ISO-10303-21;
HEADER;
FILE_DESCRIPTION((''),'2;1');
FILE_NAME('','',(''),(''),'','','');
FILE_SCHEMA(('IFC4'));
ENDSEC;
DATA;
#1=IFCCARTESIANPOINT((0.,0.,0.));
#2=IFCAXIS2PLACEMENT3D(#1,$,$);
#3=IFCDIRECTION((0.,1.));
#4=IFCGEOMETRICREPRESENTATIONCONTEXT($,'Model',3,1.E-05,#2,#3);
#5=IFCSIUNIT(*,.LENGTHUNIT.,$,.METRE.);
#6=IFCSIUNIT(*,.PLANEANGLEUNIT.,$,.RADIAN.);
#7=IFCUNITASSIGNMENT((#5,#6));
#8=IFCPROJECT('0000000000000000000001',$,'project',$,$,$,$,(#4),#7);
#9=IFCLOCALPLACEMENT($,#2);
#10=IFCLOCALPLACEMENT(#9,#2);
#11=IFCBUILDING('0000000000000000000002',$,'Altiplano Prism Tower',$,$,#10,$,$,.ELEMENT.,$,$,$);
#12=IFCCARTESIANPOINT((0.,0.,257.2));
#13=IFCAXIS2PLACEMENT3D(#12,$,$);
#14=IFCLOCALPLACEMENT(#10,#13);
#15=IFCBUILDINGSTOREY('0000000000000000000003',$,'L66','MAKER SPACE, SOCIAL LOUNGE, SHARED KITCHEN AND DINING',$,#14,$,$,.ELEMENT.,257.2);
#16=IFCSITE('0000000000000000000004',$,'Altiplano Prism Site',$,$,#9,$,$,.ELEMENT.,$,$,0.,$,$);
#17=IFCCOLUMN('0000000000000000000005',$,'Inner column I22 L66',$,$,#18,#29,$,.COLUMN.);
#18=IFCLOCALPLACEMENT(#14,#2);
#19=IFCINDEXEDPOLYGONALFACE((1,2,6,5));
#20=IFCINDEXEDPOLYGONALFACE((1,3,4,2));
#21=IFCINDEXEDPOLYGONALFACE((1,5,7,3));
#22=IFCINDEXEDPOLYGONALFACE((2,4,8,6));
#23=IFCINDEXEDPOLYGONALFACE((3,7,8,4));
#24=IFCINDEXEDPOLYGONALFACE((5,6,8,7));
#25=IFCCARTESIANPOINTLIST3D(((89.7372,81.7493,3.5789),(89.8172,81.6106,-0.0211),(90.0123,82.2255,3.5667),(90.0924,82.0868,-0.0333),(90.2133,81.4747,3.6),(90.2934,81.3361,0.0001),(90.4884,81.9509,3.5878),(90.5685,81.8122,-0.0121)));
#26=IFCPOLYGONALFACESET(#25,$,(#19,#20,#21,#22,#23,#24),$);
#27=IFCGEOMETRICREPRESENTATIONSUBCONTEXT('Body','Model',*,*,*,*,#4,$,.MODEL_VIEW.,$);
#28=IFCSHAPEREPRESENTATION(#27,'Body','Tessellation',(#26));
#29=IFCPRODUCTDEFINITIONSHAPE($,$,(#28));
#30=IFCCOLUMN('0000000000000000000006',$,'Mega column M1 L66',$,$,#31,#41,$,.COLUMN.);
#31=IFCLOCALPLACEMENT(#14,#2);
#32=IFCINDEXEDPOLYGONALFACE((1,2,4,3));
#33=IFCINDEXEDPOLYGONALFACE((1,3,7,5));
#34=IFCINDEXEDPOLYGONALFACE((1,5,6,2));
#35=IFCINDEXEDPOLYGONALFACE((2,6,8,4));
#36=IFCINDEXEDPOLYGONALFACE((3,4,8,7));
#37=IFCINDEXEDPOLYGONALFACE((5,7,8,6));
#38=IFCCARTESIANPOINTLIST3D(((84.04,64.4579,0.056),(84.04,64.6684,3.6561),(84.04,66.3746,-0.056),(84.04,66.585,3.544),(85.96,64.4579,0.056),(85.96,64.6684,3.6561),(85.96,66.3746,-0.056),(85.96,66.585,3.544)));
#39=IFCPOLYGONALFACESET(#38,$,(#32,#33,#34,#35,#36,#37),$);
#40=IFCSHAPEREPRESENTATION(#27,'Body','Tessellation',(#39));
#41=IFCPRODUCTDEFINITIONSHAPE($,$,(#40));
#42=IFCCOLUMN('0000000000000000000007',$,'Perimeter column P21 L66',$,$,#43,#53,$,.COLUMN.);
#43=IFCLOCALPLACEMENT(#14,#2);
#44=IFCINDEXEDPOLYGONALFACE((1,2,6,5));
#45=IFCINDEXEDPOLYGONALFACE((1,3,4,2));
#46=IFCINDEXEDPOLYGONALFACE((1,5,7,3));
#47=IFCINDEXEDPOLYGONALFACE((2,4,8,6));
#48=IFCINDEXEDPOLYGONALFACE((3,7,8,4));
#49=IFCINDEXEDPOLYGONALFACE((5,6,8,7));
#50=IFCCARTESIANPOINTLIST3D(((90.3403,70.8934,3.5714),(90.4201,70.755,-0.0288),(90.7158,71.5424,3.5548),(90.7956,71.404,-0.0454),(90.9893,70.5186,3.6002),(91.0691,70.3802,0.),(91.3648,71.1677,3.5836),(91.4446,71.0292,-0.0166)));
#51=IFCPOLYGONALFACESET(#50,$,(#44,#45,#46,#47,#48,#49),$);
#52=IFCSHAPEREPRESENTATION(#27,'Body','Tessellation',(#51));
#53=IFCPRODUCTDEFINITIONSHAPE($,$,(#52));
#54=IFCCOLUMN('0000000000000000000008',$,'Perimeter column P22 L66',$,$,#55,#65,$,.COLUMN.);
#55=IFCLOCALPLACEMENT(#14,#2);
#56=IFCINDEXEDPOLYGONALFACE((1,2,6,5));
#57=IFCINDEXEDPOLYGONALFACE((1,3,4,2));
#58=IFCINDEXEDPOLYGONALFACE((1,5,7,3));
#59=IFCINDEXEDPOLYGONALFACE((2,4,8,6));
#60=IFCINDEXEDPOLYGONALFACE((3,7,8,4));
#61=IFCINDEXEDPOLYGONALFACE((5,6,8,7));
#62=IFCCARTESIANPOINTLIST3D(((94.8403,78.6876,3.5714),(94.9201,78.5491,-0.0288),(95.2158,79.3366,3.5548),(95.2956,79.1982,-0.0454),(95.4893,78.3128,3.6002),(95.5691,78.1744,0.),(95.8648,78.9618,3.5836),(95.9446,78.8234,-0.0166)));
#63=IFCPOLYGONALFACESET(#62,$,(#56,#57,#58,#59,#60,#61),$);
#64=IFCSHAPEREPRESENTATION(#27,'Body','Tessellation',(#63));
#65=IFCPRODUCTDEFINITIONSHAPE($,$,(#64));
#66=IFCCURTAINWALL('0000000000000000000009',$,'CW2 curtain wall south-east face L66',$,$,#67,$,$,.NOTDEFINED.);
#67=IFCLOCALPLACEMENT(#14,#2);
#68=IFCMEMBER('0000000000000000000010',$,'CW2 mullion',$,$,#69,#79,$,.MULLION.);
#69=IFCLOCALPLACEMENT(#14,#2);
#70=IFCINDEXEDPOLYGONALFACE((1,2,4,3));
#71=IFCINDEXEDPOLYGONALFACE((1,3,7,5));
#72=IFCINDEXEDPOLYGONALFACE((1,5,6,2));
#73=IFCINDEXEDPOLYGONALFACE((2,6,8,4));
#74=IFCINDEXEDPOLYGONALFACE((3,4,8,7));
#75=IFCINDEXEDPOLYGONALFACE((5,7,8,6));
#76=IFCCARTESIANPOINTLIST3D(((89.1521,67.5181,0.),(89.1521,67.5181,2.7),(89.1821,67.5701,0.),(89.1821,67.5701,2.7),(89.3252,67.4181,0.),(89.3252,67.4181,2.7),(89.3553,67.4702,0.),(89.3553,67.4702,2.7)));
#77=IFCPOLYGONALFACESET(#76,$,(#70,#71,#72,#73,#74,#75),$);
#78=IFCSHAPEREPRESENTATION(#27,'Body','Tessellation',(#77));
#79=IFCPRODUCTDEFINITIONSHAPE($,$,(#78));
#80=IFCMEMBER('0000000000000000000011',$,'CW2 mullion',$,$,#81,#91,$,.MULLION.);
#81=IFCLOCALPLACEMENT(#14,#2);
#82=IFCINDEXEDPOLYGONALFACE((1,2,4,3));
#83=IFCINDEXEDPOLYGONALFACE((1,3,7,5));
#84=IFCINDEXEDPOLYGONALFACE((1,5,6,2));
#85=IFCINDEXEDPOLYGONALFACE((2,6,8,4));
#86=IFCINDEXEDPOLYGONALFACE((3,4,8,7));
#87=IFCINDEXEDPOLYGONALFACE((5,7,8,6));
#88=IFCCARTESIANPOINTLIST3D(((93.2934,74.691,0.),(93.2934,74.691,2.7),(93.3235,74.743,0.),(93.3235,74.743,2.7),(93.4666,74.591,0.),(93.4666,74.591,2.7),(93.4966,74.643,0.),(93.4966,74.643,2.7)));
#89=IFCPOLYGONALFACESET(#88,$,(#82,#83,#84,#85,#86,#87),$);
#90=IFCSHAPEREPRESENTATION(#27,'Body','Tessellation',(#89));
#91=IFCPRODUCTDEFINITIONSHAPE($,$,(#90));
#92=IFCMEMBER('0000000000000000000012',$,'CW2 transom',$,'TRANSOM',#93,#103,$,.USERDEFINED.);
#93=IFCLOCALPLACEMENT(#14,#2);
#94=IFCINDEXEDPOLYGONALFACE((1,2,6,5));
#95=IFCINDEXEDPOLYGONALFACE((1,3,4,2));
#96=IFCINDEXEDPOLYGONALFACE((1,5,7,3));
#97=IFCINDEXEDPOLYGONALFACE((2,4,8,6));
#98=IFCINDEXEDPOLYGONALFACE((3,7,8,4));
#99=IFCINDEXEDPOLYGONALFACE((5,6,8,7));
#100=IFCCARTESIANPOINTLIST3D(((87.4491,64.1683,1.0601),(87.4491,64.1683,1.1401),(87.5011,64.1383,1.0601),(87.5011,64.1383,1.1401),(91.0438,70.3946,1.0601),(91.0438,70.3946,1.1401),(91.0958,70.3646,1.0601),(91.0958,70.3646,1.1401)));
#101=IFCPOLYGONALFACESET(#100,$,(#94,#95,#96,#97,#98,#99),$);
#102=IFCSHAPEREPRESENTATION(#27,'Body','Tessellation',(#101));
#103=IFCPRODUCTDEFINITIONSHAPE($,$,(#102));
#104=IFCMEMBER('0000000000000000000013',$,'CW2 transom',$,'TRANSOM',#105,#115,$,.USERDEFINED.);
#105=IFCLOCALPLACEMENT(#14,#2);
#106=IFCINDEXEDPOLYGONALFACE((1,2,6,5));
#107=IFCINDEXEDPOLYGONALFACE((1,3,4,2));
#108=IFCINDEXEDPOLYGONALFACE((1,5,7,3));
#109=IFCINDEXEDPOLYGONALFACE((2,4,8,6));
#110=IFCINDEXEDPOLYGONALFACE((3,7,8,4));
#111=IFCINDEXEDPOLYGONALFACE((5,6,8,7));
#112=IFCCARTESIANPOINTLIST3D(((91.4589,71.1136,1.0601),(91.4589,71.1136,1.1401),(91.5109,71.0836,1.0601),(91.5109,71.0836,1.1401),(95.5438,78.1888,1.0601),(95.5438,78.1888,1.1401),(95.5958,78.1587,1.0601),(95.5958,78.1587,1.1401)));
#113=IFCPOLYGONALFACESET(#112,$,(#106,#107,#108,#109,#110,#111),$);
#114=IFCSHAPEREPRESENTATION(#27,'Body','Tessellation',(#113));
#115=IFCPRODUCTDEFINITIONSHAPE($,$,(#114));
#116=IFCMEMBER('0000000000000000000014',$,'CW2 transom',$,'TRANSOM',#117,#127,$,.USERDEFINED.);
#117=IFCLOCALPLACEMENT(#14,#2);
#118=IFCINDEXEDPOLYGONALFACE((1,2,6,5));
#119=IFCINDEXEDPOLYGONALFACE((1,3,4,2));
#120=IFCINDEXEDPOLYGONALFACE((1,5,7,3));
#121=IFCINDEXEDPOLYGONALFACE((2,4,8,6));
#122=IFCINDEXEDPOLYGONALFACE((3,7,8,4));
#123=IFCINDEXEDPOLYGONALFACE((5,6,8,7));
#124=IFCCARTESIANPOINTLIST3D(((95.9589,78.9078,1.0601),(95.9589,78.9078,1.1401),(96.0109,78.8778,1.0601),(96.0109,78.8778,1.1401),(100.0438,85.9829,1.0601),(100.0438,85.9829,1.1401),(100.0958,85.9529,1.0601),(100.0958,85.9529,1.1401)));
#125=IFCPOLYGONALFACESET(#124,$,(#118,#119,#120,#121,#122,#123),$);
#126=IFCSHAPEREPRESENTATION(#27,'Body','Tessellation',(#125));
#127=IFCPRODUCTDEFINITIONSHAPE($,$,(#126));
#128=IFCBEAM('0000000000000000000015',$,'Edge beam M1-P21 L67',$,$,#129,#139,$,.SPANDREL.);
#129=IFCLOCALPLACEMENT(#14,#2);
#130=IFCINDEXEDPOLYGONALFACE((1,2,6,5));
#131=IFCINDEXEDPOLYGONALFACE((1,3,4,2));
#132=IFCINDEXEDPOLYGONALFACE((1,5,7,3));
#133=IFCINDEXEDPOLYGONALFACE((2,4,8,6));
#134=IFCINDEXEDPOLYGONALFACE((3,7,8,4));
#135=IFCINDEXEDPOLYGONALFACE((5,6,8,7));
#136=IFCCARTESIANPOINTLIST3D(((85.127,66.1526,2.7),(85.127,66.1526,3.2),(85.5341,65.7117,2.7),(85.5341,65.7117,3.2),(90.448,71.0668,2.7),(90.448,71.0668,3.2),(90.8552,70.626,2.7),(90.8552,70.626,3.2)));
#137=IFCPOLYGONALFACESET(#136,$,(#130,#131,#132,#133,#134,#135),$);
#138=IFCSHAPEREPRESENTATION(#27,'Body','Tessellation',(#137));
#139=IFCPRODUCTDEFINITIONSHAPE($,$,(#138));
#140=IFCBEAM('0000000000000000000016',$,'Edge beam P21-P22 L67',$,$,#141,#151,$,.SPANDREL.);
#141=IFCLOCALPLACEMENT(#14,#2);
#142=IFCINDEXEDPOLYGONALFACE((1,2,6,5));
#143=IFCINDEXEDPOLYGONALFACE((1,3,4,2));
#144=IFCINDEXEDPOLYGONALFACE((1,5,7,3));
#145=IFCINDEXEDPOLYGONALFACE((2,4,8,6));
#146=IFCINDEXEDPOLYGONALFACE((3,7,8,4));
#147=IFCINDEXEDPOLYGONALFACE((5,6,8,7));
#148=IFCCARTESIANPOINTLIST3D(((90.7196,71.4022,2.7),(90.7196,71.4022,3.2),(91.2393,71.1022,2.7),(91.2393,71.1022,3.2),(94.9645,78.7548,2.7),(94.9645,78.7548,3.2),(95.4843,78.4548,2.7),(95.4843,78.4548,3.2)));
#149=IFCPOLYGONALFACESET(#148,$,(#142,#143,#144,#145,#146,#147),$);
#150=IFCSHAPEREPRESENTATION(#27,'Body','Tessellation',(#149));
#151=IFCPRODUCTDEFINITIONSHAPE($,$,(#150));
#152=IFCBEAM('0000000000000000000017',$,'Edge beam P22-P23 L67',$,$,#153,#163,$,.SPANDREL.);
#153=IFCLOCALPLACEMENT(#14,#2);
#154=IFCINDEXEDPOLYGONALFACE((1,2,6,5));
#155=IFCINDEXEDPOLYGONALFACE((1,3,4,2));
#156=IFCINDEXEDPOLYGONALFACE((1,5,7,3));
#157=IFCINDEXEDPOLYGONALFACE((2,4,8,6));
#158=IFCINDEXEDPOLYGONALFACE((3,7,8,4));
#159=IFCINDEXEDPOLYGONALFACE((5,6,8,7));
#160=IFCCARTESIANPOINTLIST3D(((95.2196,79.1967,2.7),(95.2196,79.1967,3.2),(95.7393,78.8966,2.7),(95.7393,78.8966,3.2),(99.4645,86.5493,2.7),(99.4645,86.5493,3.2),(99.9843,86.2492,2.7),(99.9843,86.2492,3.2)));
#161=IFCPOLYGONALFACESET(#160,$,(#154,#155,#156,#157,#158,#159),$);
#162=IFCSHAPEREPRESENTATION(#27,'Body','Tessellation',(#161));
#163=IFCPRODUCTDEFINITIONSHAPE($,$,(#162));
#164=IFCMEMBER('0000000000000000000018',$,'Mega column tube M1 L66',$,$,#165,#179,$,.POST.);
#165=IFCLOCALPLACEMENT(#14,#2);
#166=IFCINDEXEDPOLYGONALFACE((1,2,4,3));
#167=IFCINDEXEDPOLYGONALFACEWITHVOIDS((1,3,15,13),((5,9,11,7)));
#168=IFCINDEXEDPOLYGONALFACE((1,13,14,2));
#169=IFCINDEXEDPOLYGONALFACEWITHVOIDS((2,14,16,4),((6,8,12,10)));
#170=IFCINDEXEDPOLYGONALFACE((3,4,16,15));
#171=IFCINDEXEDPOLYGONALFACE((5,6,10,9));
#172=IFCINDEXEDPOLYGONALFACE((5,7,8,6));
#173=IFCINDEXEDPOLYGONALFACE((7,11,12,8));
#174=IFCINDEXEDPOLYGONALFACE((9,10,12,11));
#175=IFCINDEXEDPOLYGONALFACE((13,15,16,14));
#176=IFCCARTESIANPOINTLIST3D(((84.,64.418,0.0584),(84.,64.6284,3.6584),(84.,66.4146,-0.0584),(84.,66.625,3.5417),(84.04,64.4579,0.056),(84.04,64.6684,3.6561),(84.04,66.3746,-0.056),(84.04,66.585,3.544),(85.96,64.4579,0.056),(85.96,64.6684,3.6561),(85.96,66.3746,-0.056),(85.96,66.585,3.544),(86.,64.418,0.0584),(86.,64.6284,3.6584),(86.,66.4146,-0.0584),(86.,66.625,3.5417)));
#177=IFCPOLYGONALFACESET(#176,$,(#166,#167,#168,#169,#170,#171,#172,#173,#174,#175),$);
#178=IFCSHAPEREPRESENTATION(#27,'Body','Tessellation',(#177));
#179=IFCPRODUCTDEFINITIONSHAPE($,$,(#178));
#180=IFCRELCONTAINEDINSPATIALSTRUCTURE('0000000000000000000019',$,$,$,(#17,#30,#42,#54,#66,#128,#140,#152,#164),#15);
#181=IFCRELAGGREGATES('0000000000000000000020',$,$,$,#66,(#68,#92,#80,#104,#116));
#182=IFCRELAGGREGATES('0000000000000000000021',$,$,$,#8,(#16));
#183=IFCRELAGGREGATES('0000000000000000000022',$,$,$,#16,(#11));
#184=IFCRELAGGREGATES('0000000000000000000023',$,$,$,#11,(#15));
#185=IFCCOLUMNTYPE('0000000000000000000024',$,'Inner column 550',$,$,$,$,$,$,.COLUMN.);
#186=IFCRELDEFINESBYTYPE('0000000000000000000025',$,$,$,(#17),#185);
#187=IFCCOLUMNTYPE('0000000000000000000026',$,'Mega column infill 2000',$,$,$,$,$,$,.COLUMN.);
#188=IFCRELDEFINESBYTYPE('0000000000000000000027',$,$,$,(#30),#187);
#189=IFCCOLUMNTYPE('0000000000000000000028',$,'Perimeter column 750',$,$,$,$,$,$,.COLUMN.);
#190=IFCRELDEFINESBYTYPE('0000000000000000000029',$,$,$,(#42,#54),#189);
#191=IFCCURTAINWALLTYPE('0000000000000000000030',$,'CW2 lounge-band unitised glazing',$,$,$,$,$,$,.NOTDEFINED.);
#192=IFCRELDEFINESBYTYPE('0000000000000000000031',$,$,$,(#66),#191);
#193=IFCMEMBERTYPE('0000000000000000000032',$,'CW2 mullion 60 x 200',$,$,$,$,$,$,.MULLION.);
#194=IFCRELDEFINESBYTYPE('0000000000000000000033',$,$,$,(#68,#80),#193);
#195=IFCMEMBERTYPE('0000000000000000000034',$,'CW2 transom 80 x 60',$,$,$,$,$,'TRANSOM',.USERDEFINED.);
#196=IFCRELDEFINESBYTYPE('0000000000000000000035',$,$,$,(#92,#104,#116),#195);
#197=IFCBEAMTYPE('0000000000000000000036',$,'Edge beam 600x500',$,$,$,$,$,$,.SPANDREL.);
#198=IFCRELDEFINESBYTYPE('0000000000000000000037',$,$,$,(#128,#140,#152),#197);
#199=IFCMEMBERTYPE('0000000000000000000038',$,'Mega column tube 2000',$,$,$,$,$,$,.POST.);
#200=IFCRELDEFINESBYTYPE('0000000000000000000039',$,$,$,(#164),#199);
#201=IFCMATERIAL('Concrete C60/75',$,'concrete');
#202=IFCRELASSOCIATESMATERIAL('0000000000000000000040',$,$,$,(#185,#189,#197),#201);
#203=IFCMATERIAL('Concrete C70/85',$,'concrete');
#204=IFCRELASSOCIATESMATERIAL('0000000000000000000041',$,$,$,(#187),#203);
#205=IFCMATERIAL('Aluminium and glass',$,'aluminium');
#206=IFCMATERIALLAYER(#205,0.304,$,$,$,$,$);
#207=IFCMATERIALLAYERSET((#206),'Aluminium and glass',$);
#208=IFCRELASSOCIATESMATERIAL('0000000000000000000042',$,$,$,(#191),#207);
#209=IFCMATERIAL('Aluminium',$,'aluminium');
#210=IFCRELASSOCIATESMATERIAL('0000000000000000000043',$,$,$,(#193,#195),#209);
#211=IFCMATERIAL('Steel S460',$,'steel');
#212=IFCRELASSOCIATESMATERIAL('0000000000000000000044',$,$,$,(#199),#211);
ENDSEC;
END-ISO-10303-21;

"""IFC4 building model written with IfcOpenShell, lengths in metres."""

from ifc_helpers import new_model, si_unit, direction, frame, origin, origin_2d, place, context, subcontext, project, spatial, rectangle, hollow_rectangle, extrude, material, layer, layer_set, material_profile, profile_set, type_object, element, aggregate, save


model = new_model("IFC4")

# Units and contexts
model_context = context("Model", 3, precision=1e-05, world=origin(), true_north=direction((0.0, 1.0)))
body_context = subcontext(model_context, "Body", "Model", "MODEL_VIEW")
ifc_project = project(units=[si_unit("LENGTHUNIT", "METRE"), si_unit("PLANEANGLEUNIT", "RADIAN")], contexts=[model_context])

# Site, building, storey
site_placement = place(None, origin())
site = spatial("IfcSite", under=ifc_project, at=site_placement, Name="Altiplano Prism Site", CompositionType="ELEMENT", RefElevation=0.0)
building_placement = place(site_placement, origin())
building = spatial("IfcBuilding", under=site, at=building_placement, Name="Altiplano Prism Tower", CompositionType="ELEMENT")
storey_placement = place(building_placement, frame((0.0, 0.0, 257.2)))
storey = spatial("IfcBuildingStorey", under=building, at=storey_placement, Name="L66", Description="MAKER SPACE, SOCIAL LOUNGE, SHARED KITCHEN AND DINING", CompositionType="ELEMENT", Elevation=257.2)

# Columns
ifc_material_1 = material(Name="Concrete C60/75", Category="concrete")
ifc_material_profile_1 = material_profile(ifc_material_1, rectangle(XDim=0.55, YDim=0.55, at=origin_2d()), Name="Inner column 550")
ifc_profile_set_1 = profile_set([ifc_material_profile_1], Name="Concrete C60/75")
column_type_1 = type_object("IfcColumnType", Name="Inner column 550", PredefinedType="COLUMN", material=ifc_profile_set_1)
column_1_placement = place(storey_placement, frame((90.1929, 81.7114, -0.0166), z_axis=(-0.022223, 0.038483, 0.999012), x_axis=(-0.500175, -0.865639, 0.022219)))
element("IfcColumn", 1, at=column_1_placement, inside=storey, type_object=column_type_1, Name="Inner column I22 L66", PredefinedType="COLUMN", context=body_context, shape_type="SweptSolid", body=[
    extrude(rectangle(XDim=0.55, YDim=0.55, at=origin_2d()), origin(), (0.0, 0.0, 1.0), 3.6035),
])
ifc_material_2 = material(Name="Concrete C70/85", Category="concrete")
ifc_material_profile_2 = material_profile(ifc_material_2, rectangle(XDim=1.9199, YDim=1.9199, at=origin_2d()), Name="Mega column infill 2000")
ifc_profile_set_2 = profile_set([ifc_material_profile_2], Name="Concrete C70/85")
column_type_2 = type_object("IfcColumnType", Name="Mega column infill 2000", PredefinedType="COLUMN", material=ifc_profile_set_2)
column_2_placement = place(storey_placement, frame((85.0, 65.4163, 0.0), z_axis=(0.0, 0.058357, 0.998296), x_axis=(-1.0, 0.0, 0.0)))
element("IfcColumn", 2, at=column_2_placement, inside=storey, type_object=column_type_2, Name="Mega column M1 L66", PredefinedType="COLUMN", context=body_context, shape_type="SweptSolid", body=[
    extrude(rectangle(XDim=1.9199, YDim=1.9199, at=origin_2d()), origin(), (0.0, 0.0, 1.0), 3.6062),
])
ifc_material_profile_3 = material_profile(ifc_material_1, rectangle(XDim=0.75, YDim=0.75, at=origin_2d()), Name="Perimeter column 750")
ifc_profile_set_3 = profile_set([ifc_material_profile_3], Name="Concrete C60/75")
column_type_3 = type_object("IfcColumnType", Name="Perimeter column 750", PredefinedType="COLUMN", material=ifc_profile_set_3)
for number, where, z_axis, x_axis, name in (
    (3, (90.9324, 70.8921, -0.0227), (-0.022154, 0.038413, 0.999016), (-0.500657, -0.865362, 0.022172), "Perimeter column P21 L66"),
    (4, (95.4324, 78.6863, -0.0227), (-0.022154, 0.038413, 0.999016), (-0.500657, -0.865362, 0.022172), "Perimeter column P22 L66"),
):
    element("IfcColumn", number, at=place(storey_placement, frame(where, z_axis=z_axis, x_axis=x_axis)), inside=storey, type_object=column_type_3, Name=name, PredefinedType="COLUMN", context=body_context, shape_type="SweptSolid", body=[
        extrude(rectangle(XDim=0.75, YDim=0.75, at=origin_2d()), origin(), (0.0, 0.0, 1.0), 3.6038),
    ])

# Curtain wall, members
ifc_material_3 = material(Name="Aluminium and glass", Category="aluminium")
ifc_layer_1 = layer(ifc_material_3, 0.304)
ifc_layer_set_1 = layer_set([ifc_layer_1], Name="Aluminium and glass")
curtain_wall_type = type_object("IfcCurtainWallType", Name="CW2 lounge-band unitised glazing", PredefinedType="NOTDEFINED", material=ifc_layer_set_1)
curtain_wall_1_placement = place(storey_placement, origin())
curtain_wall_1 = element("IfcCurtainWall", 5, at=curtain_wall_1_placement, inside=storey, type_object=curtain_wall_type, Name="CW2 curtain wall south-east face L66", PredefinedType="NOTDEFINED")
ifc_material_4 = material(Name="Aluminium", Category="aluminium")
ifc_material_profile_4 = material_profile(ifc_material_4, rectangle(XDim=0.2, YDim=0.0601, at=origin_2d()), Name="CW2 mullion 60 x 200")
ifc_profile_set_4 = profile_set([ifc_material_profile_4], Name="Aluminium")
member_type_1 = type_object("IfcMemberType", Name="CW2 mullion 60 x 200", PredefinedType="MULLION", material=ifc_profile_set_4)
member_1_placement = place(storey_placement, frame((89.2537, 67.4941, 0.0), z_axis=(0.0, 0.0, 1.0), x_axis=(-0.866025, 0.5, 0.0)))
member_1 = element("IfcMember", 6, at=member_1_placement, type_object=member_type_1, Name="CW2 mullion", PredefinedType="MULLION", context=body_context, shape_type="SweptSolid", body=[
    extrude(rectangle(XDim=0.2, YDim=0.0601, at=origin_2d()), origin(), (0.0, 0.0, 1.0), 2.7),
])
member_2_placement = place(storey_placement, frame((93.395, 74.667, 0.0), z_axis=(0.0, 0.0, 1.0), x_axis=(-0.866025, 0.5, 0.0)))
member_2 = element("IfcMember", 7, at=member_2_placement, type_object=member_type_1, Name="CW2 mullion", PredefinedType="MULLION", context=body_context, shape_type="SweptSolid", body=[
    extrude(rectangle(XDim=0.2, YDim=0.0601, at=origin_2d()), origin(), (0.0, 0.0, 1.0), 2.7),
])
ifc_material_profile_5 = material_profile(ifc_material_4, rectangle(XDim=0.0601, YDim=0.0801, at=origin_2d()), Name="CW2 transom 80 x 60")
ifc_profile_set_5 = profile_set([ifc_material_profile_5], Name="Aluminium")
member_type_2 = type_object("IfcMemberType", Name="CW2 transom 80 x 60", ElementType="TRANSOM", PredefinedType="USERDEFINED", material=ifc_profile_set_5)
member_3_placement = place(storey_placement, frame((87.4751, 64.1533, 1.1001), z_axis=(0.499996, 0.866028, 0.0), x_axis=(-0.866028, 0.499996, 0.0)))
member_3 = element("IfcMember", 8, at=member_3_placement, type_object=member_type_2, Name="CW2 transom", ObjectType="TRANSOM", PredefinedType="USERDEFINED", context=body_context, shape_type="SweptSolid", body=[
    extrude(rectangle(XDim=0.0601, YDim=0.0801, at=origin_2d()), origin(), (0.0, 0.0, 1.0), 7.1895),
])
member_4_placement = place(storey_placement, frame((91.4849, 71.0986, 1.1001), z_axis=(0.500009, 0.86602, 0.0), x_axis=(-0.86602, 0.500009, 0.0)))
member_4 = element("IfcMember", 9, at=member_4_placement, type_object=member_type_2, Name="CW2 transom", ObjectType="TRANSOM", PredefinedType="USERDEFINED", context=body_context, shape_type="SweptSolid", body=[
    extrude(rectangle(XDim=0.0601, YDim=0.0801, at=origin_2d()), origin(), (0.0, 0.0, 1.0), 8.1697),
])
member_5_placement = place(storey_placement, frame((95.9849, 78.8928, 1.1001), z_axis=(0.500009, 0.86602, 0.0), x_axis=(-0.86602, 0.500009, 0.0)))
member_5 = element("IfcMember", 10, at=member_5_placement, type_object=member_type_2, Name="CW2 transom", ObjectType="TRANSOM", PredefinedType="USERDEFINED", context=body_context, shape_type="SweptSolid", body=[
    extrude(rectangle(XDim=0.0601, YDim=0.0801, at=origin_2d()), origin(), (0.0, 0.0, 1.0), 8.1697),
])

# Beams
ifc_material_profile_6 = material_profile(ifc_material_1, rectangle(XDim=0.6001, YDim=0.5, at=origin_2d()), Name="Edge beam 600x500")
ifc_profile_set_6 = profile_set([ifc_material_profile_6], Name="Concrete C60/75")
beam_type_1 = type_object("IfcBeamType", Name="Edge beam 600x500", PredefinedType="SPANDREL", material=ifc_profile_set_6)
beam_1_placement = place(storey_placement, frame((85.3306, 65.9321, 2.95), z_axis=(0.734626, 0.678472, 0.0), x_axis=(-0.678472, 0.734626, 0.0)))
element("IfcBeam", 11, at=beam_1_placement, inside=storey, type_object=beam_type_1, Name="Edge beam M1-P21 L67", PredefinedType="SPANDREL", context=body_context, shape_type="SweptSolid", body=[
    extrude(rectangle(XDim=0.6001, YDim=0.5, at=origin_2d()), origin(), (0.0, 0.0, 1.0), 7.2432),
])
for number, where, z_axis, x_axis, name in (
    (12, (90.9795, 71.2522, 2.95), (0.49999, 0.866031, 0.0), (-0.866031, 0.49999, 0.0), "Edge beam P21-P22 L67"),
    (13, (95.4795, 79.0466, 2.95), (0.49999, 0.866031, 0.0), (-0.866031, 0.49999, 0.0), "Edge beam P22-P23 L67"),
):
    element("IfcBeam", number, at=place(storey_placement, frame(where, z_axis=z_axis, x_axis=x_axis)), inside=storey, type_object=beam_type_1, Name=name, PredefinedType="SPANDREL", context=body_context, shape_type="SweptSolid", body=[
        extrude(rectangle(XDim=0.6001, YDim=0.5, at=origin_2d()), origin(), (0.0, 0.0, 1.0), 8.49),
    ])

# Member
ifc_material_5 = material(Name="Steel S460", Category="steel")
ifc_material_profile_7 = material_profile(ifc_material_5, hollow_rectangle(XDim=2.0, YDim=2.0, WallThickness=0.04, at=origin_2d()), Name="Mega column tube 2000")
ifc_profile_set_7 = profile_set([ifc_material_profile_7], Name="Steel S460")
member_type_3 = type_object("IfcMemberType", Name="Mega column tube 2000", PredefinedType="POST", material=ifc_profile_set_7)
member_6_placement = place(storey_placement, frame((85.0, 65.4163, 0.0), z_axis=(0.0, 0.058357, 0.998296), x_axis=(-1.0, 0.0, 0.0)))
element("IfcMember", 14, at=member_6_placement, inside=storey, type_object=member_type_3, Name="Mega column tube M1 L66", PredefinedType="POST", context=body_context, shape_type="SweptSolid", body=[
    extrude(hollow_rectangle(XDim=2.0, YDim=2.0, WallThickness=0.04, at=origin_2d()), origin(), (0.0, 0.0, 1.0), 3.6062),
])

aggregate(curtain_wall_1, [member_1, member_3, member_2, member_4, member_5])

save(model, "model.ifc")
